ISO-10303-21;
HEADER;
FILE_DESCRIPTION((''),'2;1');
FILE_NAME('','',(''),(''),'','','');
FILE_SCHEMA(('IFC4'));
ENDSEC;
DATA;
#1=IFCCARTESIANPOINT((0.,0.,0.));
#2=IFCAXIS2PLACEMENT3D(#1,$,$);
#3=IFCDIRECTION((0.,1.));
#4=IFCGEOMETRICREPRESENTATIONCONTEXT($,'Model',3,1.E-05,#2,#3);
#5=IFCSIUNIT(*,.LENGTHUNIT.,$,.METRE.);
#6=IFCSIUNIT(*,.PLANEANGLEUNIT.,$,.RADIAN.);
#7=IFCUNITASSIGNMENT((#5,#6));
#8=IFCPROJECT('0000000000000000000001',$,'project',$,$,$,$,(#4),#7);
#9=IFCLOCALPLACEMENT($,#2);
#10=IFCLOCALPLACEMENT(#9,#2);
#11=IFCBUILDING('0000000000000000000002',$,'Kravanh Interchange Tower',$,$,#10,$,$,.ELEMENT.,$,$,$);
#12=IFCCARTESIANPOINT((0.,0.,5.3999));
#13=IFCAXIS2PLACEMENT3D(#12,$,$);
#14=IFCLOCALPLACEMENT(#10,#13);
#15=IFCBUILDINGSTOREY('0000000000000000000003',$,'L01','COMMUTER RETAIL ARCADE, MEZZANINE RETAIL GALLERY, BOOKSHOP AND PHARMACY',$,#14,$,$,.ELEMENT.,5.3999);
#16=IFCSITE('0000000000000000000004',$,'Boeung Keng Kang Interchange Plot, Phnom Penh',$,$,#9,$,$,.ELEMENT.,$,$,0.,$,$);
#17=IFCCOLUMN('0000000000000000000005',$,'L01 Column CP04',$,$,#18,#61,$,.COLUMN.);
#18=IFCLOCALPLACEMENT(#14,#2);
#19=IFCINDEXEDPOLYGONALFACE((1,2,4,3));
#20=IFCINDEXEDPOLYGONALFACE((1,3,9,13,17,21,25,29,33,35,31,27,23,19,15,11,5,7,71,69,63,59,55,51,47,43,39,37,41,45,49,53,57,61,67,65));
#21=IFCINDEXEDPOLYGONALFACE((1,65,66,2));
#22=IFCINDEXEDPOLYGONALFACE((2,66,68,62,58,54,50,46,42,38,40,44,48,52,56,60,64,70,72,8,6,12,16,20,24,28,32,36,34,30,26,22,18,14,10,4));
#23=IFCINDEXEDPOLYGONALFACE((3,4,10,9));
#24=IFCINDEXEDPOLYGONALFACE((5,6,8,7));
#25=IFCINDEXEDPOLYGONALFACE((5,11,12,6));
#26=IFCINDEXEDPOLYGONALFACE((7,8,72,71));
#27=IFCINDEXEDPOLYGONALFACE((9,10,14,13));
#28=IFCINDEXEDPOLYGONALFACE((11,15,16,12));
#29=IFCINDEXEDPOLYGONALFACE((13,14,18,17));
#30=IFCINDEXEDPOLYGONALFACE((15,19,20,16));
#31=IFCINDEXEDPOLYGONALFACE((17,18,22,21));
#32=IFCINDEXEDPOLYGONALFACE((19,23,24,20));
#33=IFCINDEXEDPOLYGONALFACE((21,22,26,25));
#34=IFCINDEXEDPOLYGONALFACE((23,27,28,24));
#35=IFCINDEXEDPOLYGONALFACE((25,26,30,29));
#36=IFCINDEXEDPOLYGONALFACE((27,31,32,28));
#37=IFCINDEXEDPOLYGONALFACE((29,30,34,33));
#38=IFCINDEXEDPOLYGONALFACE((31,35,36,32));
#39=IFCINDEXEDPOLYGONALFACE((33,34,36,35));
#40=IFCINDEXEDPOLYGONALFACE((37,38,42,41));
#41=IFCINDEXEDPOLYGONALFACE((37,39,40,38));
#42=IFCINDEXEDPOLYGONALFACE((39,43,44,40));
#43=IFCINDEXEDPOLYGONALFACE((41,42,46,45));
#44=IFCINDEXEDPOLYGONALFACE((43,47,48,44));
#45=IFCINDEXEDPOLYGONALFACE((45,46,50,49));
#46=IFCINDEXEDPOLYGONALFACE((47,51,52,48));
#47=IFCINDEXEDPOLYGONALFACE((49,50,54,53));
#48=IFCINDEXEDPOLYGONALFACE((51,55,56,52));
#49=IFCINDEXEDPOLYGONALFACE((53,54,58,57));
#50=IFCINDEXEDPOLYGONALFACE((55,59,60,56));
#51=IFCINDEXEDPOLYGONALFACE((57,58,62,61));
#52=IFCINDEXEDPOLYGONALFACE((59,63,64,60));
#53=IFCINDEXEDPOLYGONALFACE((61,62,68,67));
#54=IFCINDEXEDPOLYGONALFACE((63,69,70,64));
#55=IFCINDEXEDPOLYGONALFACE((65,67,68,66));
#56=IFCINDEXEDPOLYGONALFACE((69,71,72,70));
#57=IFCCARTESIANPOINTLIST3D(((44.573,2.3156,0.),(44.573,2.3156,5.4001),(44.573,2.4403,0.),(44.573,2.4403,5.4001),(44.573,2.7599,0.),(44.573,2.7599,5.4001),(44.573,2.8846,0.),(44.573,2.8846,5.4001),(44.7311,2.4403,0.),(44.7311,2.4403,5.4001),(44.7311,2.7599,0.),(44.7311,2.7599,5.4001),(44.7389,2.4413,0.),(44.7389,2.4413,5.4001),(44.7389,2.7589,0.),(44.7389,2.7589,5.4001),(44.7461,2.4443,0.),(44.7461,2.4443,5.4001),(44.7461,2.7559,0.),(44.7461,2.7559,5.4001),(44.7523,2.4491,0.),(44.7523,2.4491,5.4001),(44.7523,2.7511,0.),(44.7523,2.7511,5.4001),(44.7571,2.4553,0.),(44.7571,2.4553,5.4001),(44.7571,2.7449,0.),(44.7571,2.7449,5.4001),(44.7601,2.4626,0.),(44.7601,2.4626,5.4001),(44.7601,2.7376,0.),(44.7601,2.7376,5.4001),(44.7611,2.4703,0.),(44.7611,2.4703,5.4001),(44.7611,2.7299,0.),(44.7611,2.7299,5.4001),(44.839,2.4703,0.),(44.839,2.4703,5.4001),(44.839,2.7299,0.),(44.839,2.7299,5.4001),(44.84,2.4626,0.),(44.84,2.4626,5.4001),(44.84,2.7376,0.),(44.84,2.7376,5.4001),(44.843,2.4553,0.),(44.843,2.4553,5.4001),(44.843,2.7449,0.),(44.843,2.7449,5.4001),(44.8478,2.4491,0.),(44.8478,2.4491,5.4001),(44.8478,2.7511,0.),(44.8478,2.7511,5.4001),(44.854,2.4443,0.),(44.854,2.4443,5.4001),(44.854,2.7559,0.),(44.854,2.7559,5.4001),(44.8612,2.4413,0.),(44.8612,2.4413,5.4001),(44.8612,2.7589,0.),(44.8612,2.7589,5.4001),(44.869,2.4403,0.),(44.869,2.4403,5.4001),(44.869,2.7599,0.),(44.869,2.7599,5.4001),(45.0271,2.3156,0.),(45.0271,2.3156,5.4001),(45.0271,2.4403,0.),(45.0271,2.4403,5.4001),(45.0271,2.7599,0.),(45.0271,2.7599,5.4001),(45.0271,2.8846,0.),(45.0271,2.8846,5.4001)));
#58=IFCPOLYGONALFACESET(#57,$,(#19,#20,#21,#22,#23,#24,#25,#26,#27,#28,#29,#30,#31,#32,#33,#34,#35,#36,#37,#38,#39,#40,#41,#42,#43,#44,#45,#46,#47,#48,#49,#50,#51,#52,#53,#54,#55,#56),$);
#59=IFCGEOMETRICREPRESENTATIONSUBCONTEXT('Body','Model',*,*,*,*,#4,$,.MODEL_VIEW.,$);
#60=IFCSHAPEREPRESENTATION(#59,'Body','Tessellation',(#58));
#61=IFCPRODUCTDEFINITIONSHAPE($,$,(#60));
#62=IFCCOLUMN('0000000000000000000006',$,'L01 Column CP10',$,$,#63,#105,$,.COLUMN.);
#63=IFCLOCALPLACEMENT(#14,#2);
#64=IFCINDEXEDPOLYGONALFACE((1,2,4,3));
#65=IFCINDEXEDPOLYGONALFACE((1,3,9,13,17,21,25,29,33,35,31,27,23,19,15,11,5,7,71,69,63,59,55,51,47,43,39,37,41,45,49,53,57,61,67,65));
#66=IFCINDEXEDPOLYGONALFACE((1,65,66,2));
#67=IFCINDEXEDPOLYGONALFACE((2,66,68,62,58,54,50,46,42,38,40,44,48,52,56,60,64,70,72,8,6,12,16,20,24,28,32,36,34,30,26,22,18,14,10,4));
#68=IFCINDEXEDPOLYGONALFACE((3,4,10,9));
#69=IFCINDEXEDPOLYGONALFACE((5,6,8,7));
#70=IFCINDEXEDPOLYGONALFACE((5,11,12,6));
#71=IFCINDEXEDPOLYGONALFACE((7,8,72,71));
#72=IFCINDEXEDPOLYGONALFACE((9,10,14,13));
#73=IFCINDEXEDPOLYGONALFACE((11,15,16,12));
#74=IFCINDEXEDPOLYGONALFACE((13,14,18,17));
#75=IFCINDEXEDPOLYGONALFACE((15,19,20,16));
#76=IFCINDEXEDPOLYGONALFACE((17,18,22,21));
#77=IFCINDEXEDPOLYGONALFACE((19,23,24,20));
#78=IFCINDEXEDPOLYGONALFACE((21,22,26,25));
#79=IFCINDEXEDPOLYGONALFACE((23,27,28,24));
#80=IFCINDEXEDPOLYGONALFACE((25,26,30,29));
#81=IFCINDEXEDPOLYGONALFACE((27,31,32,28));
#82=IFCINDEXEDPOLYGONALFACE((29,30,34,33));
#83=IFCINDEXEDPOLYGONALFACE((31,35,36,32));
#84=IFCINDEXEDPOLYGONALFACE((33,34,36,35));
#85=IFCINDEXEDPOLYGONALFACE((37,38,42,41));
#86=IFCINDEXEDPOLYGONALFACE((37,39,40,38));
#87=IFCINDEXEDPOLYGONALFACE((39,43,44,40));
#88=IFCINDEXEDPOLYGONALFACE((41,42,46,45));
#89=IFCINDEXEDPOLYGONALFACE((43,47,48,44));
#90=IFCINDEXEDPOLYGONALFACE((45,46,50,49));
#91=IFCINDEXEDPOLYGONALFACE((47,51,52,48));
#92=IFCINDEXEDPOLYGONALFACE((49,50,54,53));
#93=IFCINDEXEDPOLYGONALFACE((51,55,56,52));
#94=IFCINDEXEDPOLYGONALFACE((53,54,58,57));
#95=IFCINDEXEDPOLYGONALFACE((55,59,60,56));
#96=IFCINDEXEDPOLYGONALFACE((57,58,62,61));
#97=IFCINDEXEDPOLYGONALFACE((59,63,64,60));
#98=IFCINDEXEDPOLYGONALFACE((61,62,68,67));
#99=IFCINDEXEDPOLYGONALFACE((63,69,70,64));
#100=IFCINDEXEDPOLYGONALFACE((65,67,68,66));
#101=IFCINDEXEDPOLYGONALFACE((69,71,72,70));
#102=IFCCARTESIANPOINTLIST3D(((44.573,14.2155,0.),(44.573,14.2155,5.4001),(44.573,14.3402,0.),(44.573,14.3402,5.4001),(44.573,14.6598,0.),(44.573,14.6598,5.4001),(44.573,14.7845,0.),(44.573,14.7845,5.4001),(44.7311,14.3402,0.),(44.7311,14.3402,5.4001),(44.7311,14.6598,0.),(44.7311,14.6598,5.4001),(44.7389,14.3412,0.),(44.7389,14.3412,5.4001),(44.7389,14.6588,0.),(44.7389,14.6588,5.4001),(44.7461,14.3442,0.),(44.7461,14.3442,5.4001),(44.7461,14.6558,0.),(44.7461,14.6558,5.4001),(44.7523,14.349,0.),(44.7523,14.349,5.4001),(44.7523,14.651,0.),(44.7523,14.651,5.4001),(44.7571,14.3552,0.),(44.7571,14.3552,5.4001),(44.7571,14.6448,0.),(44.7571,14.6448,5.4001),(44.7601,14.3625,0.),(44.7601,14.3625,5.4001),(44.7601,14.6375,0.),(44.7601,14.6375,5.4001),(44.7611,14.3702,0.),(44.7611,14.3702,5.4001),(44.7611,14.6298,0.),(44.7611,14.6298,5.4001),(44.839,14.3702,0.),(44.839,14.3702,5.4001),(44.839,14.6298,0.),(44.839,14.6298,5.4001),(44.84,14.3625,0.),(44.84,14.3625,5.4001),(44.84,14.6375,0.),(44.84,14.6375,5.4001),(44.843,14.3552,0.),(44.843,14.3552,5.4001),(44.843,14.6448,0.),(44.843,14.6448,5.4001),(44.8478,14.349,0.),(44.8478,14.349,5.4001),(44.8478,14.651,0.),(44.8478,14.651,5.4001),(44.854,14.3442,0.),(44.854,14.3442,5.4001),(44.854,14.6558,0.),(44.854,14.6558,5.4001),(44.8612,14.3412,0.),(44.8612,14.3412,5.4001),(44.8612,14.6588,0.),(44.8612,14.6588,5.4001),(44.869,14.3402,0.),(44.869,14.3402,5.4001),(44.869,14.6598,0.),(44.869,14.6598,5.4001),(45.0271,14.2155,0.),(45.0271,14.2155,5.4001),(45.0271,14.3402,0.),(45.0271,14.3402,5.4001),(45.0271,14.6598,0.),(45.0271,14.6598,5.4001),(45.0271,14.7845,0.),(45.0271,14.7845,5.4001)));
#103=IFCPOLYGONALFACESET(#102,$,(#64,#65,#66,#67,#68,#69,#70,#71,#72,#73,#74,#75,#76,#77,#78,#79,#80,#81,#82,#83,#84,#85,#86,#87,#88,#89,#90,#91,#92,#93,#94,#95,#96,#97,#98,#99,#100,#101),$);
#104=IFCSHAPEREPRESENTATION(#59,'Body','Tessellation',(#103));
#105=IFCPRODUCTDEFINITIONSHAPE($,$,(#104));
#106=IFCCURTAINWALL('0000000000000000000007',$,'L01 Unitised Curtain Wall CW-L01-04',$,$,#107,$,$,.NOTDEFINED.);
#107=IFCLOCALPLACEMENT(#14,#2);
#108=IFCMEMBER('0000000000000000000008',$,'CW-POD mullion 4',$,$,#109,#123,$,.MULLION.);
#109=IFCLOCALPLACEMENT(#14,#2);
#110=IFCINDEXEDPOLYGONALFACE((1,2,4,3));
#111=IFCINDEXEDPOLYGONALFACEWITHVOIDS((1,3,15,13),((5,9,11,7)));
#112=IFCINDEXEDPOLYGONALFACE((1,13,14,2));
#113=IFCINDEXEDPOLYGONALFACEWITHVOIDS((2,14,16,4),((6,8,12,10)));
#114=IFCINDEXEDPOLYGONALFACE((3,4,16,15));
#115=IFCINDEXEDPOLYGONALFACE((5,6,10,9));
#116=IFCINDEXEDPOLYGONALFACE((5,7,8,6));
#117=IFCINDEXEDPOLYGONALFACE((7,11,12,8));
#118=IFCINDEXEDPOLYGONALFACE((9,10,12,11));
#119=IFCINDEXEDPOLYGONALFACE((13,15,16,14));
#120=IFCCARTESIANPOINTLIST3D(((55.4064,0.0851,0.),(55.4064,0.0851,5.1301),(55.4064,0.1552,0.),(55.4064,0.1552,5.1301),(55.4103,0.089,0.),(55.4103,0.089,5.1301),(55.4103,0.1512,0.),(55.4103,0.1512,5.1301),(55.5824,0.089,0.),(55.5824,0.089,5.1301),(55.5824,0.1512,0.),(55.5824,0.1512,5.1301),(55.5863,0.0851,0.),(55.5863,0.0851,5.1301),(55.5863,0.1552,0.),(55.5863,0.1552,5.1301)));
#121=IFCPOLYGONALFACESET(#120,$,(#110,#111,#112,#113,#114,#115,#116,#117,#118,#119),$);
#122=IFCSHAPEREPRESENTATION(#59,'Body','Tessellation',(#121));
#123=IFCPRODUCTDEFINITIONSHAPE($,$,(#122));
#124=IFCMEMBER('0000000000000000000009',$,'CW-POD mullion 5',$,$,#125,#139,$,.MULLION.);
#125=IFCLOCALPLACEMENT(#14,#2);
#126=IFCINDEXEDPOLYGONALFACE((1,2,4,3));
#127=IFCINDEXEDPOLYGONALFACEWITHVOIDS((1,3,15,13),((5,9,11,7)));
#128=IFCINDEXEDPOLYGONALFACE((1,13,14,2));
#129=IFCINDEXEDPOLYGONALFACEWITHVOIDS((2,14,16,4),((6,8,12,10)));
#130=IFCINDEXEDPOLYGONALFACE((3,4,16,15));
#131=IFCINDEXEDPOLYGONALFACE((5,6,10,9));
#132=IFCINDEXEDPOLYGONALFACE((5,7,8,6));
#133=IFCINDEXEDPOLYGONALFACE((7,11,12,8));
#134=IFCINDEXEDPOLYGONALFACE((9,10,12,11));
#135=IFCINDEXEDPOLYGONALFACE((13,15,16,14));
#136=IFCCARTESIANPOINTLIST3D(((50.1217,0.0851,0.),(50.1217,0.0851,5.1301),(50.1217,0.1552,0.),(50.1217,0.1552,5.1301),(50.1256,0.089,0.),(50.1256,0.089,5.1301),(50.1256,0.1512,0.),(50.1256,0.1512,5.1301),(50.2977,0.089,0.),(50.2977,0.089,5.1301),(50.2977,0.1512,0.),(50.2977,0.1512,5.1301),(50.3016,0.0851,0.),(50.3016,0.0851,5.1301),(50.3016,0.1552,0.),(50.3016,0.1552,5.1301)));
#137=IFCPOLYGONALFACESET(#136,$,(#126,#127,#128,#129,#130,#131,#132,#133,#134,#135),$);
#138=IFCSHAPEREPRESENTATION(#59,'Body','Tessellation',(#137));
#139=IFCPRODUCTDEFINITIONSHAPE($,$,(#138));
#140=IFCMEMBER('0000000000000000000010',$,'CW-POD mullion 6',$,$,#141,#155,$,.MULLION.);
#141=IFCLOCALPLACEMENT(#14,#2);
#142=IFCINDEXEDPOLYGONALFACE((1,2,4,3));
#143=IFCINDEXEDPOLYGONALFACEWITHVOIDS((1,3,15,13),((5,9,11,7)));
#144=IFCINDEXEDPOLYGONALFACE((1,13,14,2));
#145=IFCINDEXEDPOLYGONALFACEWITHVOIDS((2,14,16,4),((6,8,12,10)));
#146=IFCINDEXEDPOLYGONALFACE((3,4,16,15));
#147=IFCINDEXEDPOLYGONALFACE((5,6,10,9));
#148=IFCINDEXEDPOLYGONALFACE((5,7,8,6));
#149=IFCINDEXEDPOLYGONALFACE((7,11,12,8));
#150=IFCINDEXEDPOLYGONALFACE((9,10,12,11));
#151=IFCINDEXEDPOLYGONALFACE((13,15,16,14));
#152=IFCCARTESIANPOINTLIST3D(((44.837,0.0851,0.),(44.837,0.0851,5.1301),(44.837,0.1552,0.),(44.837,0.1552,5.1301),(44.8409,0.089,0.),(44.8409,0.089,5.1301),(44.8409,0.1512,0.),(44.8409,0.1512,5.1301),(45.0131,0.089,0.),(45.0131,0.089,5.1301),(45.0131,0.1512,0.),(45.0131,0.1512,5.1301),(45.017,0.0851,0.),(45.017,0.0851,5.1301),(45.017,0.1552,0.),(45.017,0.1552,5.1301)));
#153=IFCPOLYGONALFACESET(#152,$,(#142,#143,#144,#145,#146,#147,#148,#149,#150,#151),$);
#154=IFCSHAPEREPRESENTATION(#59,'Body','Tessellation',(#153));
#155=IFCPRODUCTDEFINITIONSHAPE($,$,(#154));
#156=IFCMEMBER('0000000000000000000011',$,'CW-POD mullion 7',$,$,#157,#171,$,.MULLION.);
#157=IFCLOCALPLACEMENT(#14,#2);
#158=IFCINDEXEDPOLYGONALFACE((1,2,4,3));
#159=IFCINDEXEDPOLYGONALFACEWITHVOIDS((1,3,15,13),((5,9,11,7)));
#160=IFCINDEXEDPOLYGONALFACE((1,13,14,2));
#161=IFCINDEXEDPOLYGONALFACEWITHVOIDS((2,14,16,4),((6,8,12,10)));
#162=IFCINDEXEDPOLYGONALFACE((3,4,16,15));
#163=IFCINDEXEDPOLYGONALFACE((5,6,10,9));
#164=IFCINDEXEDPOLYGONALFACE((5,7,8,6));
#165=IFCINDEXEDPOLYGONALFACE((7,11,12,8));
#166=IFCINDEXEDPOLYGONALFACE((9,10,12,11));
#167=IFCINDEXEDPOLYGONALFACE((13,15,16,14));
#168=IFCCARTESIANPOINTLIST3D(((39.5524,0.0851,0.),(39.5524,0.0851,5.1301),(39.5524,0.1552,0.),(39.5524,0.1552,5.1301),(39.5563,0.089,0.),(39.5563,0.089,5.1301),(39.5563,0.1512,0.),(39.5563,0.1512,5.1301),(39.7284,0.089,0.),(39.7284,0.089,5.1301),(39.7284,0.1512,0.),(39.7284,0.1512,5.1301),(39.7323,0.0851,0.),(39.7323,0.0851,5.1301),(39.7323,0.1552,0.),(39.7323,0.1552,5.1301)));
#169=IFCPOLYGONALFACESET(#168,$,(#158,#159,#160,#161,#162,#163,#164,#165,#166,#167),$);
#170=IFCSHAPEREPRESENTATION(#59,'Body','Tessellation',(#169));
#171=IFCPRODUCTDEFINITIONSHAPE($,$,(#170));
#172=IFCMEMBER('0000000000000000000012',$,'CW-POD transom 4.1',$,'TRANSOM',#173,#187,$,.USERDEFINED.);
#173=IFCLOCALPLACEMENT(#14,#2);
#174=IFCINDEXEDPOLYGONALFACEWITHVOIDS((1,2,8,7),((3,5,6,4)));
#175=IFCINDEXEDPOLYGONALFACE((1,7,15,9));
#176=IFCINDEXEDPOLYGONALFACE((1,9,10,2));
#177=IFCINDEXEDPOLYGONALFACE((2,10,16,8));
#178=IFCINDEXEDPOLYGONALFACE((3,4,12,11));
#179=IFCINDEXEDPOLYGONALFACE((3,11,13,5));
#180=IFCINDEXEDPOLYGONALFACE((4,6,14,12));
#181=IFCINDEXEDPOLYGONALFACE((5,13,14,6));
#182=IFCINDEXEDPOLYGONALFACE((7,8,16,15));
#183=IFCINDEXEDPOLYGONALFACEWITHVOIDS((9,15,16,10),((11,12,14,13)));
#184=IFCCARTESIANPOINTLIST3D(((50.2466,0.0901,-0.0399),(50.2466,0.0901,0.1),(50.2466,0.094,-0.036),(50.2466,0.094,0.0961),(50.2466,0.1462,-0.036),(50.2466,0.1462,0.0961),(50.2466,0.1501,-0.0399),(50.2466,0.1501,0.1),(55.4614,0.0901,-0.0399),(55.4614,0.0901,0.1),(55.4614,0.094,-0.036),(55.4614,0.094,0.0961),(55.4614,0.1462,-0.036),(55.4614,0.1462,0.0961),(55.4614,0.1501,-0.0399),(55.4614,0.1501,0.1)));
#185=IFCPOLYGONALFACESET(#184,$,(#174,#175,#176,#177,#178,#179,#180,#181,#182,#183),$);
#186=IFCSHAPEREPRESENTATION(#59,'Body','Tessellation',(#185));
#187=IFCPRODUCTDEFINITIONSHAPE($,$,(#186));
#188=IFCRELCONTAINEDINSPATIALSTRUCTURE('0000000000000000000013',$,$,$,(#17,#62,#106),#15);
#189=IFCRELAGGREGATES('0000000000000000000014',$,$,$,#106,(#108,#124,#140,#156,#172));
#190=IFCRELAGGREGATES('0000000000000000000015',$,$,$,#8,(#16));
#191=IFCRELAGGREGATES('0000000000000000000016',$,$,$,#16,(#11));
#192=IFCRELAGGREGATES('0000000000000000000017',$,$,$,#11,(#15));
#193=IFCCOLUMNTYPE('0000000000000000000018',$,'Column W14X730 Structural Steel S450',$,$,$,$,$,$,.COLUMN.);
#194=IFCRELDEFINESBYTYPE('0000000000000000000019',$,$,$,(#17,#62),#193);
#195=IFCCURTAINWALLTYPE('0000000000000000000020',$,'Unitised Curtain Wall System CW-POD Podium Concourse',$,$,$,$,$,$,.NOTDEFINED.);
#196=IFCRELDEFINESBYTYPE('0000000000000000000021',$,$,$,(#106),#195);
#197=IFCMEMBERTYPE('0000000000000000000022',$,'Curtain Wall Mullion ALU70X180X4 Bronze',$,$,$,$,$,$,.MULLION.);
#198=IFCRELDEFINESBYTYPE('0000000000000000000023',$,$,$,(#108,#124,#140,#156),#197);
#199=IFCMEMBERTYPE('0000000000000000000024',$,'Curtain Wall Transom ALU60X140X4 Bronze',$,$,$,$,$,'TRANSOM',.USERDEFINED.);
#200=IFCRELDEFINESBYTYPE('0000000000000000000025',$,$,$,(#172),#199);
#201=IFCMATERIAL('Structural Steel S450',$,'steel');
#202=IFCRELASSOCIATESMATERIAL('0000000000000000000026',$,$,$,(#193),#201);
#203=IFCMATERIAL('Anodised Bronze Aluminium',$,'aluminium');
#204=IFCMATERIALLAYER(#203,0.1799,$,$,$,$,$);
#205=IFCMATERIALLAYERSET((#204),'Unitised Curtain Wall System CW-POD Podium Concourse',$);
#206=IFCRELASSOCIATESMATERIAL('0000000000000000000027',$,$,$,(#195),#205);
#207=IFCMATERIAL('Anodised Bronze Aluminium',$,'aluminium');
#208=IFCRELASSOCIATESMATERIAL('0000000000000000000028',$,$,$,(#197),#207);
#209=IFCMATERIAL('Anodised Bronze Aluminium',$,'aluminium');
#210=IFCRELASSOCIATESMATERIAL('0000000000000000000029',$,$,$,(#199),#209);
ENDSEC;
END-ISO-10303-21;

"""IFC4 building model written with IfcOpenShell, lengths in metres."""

from ifc_helpers import new_model, si_unit, direction, frame, origin, origin_2d, place, context, subcontext, project, spatial, hollow_rectangle, i_section, extrude, material, layer, layer_set, material_profile, profile_set, type_object, element, aggregate, save


model = new_model("IFC4")

# Units and contexts
model_context = context("Model", 3, precision=1e-05, world=origin(), true_north=direction((0.0, 1.0)))
body_context = subcontext(model_context, "Body", "Model", "MODEL_VIEW")
ifc_project = project(units=[si_unit("LENGTHUNIT", "METRE"), si_unit("PLANEANGLEUNIT", "RADIAN")], contexts=[model_context])

# Site, building, storey
site_placement = place(None, origin())
site = spatial("IfcSite", under=ifc_project, at=site_placement, Name="Boeung Keng Kang Interchange Plot, Phnom Penh", CompositionType="ELEMENT", RefElevation=0.0)
building_placement = place(site_placement, origin())
building = spatial("IfcBuilding", under=site, at=building_placement, Name="Kravanh Interchange Tower", CompositionType="ELEMENT")
storey_placement = place(building_placement, frame((0.0, 0.0, 5.3999)))
storey = spatial("IfcBuildingStorey", under=building, at=storey_placement, Name="L01", Description="COMMUTER RETAIL ARCADE, MEZZANINE RETAIL GALLERY, BOOKSHOP AND PHARMACY", CompositionType="ELEMENT", Elevation=5.3999)

# Columns
ifc_material_1 = material(Name="Structural Steel S450", Category="steel")
ifc_material_profile_1 = material_profile(ifc_material_1, i_section(OverallWidth=0.4541, OverallDepth=0.5691, WebThickness=0.0779, FlangeThickness=0.1248, FilletRadius=0.03, at=origin_2d()), Name="W14X730")
ifc_profile_set_1 = profile_set([ifc_material_profile_1], Name="Structural Steel S450")
column_type = type_object("IfcColumnType", Name="Column W14X730 Structural Steel S450", PredefinedType="COLUMN", material=ifc_profile_set_1)
for number, where, z_axis, x_axis, name in (
    (1, (44.8, 2.6001, 0.0), (0.0, 0.0, 1.0), (1.0, 0.0, 0.0), "L01 Column CP04"),
    (2, (44.8, 14.5, 0.0), (0.0, 0.0, 1.0), (1.0, 0.0, 0.0), "L01 Column CP10"),
):
    element("IfcColumn", number, at=place(storey_placement, frame(where, z_axis=z_axis, x_axis=x_axis)), inside=storey, type_object=column_type, Name=name, PredefinedType="COLUMN", context=body_context, shape_type="SweptSolid", body=[
        extrude(i_section(OverallWidth=0.4541, OverallDepth=0.5691, WebThickness=0.0779, FlangeThickness=0.1248, FilletRadius=0.03, at=origin_2d()), origin(), (0.0, 0.0, 1.0), 5.4001),
    ])

# Curtain wall, members
ifc_material_2 = material(Name="Anodised Bronze Aluminium", Category="aluminium")
ifc_layer_1 = layer(ifc_material_2, 0.1799)
ifc_layer_set_1 = layer_set([ifc_layer_1], Name="Unitised Curtain Wall System CW-POD Podium Concourse")
curtain_wall_type = type_object("IfcCurtainWallType", Name="Unitised Curtain Wall System CW-POD Podium Concourse", PredefinedType="NOTDEFINED", material=ifc_layer_set_1)
curtain_wall_placement = place(storey_placement, origin())
curtain_wall = element("IfcCurtainWall", 3, at=curtain_wall_placement, inside=storey, type_object=curtain_wall_type, Name="L01 Unitised Curtain Wall CW-L01-04", PredefinedType="NOTDEFINED")
ifc_material_3 = material(Name="Anodised Bronze Aluminium", Category="aluminium")
ifc_material_profile_2 = material_profile(ifc_material_3, hollow_rectangle(XDim=0.0701, YDim=0.1799, WallThickness=0.0039, at=origin_2d()), Name="ALU70X180X4")
ifc_profile_set_2 = profile_set([ifc_material_profile_2], Name="Anodised Bronze Aluminium")
member_type_1 = type_object("IfcMemberType", Name="Curtain Wall Mullion ALU70X180X4 Bronze", PredefinedType="MULLION", material=ifc_profile_set_2)
member_1_placement = place(storey_placement, frame((55.4963, 0.1201, 0.0), z_axis=(0.0, 0.0, 1.0), x_axis=(0.0, -1.0, 0.0)))
member_1 = element("IfcMember", 4, at=member_1_placement, type_object=member_type_1, Name="CW-POD mullion 4", PredefinedType="MULLION", context=body_context, shape_type="SweptSolid", body=[
    extrude(hollow_rectangle(XDim=0.0701, YDim=0.1799, WallThickness=0.0039, at=origin_2d()), origin(), (0.0, 0.0, 1.0), 5.1301),
])
member_2_placement = place(storey_placement, frame((50.2117, 0.1201, 0.0), z_axis=(0.0, 0.0, 1.0), x_axis=(0.0, -1.0, 0.0)))
member_2 = element("IfcMember", 5, at=member_2_placement, type_object=member_type_1, Name="CW-POD mullion 5", PredefinedType="MULLION", context=body_context, shape_type="SweptSolid", body=[
    extrude(hollow_rectangle(XDim=0.0701, YDim=0.1799, WallThickness=0.0039, at=origin_2d()), origin(), (0.0, 0.0, 1.0), 5.1301),
])
member_3_placement = place(storey_placement, frame((44.927, 0.1201, 0.0), z_axis=(0.0, 0.0, 1.0), x_axis=(0.0, -1.0, 0.0)))
member_3 = element("IfcMember", 6, at=member_3_placement, type_object=member_type_1, Name="CW-POD mullion 6", PredefinedType="MULLION", context=body_context, shape_type="SweptSolid", body=[
    extrude(hollow_rectangle(XDim=0.0701, YDim=0.1799, WallThickness=0.0039, at=origin_2d()), origin(), (0.0, 0.0, 1.0), 5.1301),
])
member_4_placement = place(storey_placement, frame((39.6423, 0.1201, 0.0), z_axis=(0.0, 0.0, 1.0), x_axis=(0.0, -1.0, 0.0)))
member_4 = element("IfcMember", 7, at=member_4_placement, type_object=member_type_1, Name="CW-POD mullion 7", PredefinedType="MULLION", context=body_context, shape_type="SweptSolid", body=[
    extrude(hollow_rectangle(XDim=0.0701, YDim=0.1799, WallThickness=0.0039, at=origin_2d()), origin(), (0.0, 0.0, 1.0), 5.1301),
])
ifc_material_4 = material(Name="Anodised Bronze Aluminium", Category="aluminium")
ifc_material_profile_3 = material_profile(ifc_material_4, hollow_rectangle(XDim=0.0601, YDim=0.1399, WallThickness=0.0039, at=origin_2d()), Name="ALU60X140X4")
ifc_profile_set_3 = profile_set([ifc_material_profile_3], Name="Anodised Bronze Aluminium")
member_type_2 = type_object("IfcMemberType", Name="Curtain Wall Transom ALU60X140X4 Bronze", ElementType="TRANSOM", PredefinedType="USERDEFINED", material=ifc_profile_set_3)
member_5_placement = place(storey_placement, frame((55.4614, 0.1201, 0.03), z_axis=(-1.0, 0.0, 0.0), x_axis=(0.0, -1.0, 0.0)))
member_5 = element("IfcMember", 8, at=member_5_placement, type_object=member_type_2, Name="CW-POD transom 4.1", ObjectType="TRANSOM", PredefinedType="USERDEFINED", context=body_context, shape_type="SweptSolid", body=[
    extrude(hollow_rectangle(XDim=0.0601, YDim=0.1399, WallThickness=0.0039, at=origin_2d()), origin(), (0.0, 0.0, 1.0), 5.2148),
])

aggregate(curtain_wall, [member_1, member_2, member_3, member_4, member_5])

save(model, "model.ifc")
